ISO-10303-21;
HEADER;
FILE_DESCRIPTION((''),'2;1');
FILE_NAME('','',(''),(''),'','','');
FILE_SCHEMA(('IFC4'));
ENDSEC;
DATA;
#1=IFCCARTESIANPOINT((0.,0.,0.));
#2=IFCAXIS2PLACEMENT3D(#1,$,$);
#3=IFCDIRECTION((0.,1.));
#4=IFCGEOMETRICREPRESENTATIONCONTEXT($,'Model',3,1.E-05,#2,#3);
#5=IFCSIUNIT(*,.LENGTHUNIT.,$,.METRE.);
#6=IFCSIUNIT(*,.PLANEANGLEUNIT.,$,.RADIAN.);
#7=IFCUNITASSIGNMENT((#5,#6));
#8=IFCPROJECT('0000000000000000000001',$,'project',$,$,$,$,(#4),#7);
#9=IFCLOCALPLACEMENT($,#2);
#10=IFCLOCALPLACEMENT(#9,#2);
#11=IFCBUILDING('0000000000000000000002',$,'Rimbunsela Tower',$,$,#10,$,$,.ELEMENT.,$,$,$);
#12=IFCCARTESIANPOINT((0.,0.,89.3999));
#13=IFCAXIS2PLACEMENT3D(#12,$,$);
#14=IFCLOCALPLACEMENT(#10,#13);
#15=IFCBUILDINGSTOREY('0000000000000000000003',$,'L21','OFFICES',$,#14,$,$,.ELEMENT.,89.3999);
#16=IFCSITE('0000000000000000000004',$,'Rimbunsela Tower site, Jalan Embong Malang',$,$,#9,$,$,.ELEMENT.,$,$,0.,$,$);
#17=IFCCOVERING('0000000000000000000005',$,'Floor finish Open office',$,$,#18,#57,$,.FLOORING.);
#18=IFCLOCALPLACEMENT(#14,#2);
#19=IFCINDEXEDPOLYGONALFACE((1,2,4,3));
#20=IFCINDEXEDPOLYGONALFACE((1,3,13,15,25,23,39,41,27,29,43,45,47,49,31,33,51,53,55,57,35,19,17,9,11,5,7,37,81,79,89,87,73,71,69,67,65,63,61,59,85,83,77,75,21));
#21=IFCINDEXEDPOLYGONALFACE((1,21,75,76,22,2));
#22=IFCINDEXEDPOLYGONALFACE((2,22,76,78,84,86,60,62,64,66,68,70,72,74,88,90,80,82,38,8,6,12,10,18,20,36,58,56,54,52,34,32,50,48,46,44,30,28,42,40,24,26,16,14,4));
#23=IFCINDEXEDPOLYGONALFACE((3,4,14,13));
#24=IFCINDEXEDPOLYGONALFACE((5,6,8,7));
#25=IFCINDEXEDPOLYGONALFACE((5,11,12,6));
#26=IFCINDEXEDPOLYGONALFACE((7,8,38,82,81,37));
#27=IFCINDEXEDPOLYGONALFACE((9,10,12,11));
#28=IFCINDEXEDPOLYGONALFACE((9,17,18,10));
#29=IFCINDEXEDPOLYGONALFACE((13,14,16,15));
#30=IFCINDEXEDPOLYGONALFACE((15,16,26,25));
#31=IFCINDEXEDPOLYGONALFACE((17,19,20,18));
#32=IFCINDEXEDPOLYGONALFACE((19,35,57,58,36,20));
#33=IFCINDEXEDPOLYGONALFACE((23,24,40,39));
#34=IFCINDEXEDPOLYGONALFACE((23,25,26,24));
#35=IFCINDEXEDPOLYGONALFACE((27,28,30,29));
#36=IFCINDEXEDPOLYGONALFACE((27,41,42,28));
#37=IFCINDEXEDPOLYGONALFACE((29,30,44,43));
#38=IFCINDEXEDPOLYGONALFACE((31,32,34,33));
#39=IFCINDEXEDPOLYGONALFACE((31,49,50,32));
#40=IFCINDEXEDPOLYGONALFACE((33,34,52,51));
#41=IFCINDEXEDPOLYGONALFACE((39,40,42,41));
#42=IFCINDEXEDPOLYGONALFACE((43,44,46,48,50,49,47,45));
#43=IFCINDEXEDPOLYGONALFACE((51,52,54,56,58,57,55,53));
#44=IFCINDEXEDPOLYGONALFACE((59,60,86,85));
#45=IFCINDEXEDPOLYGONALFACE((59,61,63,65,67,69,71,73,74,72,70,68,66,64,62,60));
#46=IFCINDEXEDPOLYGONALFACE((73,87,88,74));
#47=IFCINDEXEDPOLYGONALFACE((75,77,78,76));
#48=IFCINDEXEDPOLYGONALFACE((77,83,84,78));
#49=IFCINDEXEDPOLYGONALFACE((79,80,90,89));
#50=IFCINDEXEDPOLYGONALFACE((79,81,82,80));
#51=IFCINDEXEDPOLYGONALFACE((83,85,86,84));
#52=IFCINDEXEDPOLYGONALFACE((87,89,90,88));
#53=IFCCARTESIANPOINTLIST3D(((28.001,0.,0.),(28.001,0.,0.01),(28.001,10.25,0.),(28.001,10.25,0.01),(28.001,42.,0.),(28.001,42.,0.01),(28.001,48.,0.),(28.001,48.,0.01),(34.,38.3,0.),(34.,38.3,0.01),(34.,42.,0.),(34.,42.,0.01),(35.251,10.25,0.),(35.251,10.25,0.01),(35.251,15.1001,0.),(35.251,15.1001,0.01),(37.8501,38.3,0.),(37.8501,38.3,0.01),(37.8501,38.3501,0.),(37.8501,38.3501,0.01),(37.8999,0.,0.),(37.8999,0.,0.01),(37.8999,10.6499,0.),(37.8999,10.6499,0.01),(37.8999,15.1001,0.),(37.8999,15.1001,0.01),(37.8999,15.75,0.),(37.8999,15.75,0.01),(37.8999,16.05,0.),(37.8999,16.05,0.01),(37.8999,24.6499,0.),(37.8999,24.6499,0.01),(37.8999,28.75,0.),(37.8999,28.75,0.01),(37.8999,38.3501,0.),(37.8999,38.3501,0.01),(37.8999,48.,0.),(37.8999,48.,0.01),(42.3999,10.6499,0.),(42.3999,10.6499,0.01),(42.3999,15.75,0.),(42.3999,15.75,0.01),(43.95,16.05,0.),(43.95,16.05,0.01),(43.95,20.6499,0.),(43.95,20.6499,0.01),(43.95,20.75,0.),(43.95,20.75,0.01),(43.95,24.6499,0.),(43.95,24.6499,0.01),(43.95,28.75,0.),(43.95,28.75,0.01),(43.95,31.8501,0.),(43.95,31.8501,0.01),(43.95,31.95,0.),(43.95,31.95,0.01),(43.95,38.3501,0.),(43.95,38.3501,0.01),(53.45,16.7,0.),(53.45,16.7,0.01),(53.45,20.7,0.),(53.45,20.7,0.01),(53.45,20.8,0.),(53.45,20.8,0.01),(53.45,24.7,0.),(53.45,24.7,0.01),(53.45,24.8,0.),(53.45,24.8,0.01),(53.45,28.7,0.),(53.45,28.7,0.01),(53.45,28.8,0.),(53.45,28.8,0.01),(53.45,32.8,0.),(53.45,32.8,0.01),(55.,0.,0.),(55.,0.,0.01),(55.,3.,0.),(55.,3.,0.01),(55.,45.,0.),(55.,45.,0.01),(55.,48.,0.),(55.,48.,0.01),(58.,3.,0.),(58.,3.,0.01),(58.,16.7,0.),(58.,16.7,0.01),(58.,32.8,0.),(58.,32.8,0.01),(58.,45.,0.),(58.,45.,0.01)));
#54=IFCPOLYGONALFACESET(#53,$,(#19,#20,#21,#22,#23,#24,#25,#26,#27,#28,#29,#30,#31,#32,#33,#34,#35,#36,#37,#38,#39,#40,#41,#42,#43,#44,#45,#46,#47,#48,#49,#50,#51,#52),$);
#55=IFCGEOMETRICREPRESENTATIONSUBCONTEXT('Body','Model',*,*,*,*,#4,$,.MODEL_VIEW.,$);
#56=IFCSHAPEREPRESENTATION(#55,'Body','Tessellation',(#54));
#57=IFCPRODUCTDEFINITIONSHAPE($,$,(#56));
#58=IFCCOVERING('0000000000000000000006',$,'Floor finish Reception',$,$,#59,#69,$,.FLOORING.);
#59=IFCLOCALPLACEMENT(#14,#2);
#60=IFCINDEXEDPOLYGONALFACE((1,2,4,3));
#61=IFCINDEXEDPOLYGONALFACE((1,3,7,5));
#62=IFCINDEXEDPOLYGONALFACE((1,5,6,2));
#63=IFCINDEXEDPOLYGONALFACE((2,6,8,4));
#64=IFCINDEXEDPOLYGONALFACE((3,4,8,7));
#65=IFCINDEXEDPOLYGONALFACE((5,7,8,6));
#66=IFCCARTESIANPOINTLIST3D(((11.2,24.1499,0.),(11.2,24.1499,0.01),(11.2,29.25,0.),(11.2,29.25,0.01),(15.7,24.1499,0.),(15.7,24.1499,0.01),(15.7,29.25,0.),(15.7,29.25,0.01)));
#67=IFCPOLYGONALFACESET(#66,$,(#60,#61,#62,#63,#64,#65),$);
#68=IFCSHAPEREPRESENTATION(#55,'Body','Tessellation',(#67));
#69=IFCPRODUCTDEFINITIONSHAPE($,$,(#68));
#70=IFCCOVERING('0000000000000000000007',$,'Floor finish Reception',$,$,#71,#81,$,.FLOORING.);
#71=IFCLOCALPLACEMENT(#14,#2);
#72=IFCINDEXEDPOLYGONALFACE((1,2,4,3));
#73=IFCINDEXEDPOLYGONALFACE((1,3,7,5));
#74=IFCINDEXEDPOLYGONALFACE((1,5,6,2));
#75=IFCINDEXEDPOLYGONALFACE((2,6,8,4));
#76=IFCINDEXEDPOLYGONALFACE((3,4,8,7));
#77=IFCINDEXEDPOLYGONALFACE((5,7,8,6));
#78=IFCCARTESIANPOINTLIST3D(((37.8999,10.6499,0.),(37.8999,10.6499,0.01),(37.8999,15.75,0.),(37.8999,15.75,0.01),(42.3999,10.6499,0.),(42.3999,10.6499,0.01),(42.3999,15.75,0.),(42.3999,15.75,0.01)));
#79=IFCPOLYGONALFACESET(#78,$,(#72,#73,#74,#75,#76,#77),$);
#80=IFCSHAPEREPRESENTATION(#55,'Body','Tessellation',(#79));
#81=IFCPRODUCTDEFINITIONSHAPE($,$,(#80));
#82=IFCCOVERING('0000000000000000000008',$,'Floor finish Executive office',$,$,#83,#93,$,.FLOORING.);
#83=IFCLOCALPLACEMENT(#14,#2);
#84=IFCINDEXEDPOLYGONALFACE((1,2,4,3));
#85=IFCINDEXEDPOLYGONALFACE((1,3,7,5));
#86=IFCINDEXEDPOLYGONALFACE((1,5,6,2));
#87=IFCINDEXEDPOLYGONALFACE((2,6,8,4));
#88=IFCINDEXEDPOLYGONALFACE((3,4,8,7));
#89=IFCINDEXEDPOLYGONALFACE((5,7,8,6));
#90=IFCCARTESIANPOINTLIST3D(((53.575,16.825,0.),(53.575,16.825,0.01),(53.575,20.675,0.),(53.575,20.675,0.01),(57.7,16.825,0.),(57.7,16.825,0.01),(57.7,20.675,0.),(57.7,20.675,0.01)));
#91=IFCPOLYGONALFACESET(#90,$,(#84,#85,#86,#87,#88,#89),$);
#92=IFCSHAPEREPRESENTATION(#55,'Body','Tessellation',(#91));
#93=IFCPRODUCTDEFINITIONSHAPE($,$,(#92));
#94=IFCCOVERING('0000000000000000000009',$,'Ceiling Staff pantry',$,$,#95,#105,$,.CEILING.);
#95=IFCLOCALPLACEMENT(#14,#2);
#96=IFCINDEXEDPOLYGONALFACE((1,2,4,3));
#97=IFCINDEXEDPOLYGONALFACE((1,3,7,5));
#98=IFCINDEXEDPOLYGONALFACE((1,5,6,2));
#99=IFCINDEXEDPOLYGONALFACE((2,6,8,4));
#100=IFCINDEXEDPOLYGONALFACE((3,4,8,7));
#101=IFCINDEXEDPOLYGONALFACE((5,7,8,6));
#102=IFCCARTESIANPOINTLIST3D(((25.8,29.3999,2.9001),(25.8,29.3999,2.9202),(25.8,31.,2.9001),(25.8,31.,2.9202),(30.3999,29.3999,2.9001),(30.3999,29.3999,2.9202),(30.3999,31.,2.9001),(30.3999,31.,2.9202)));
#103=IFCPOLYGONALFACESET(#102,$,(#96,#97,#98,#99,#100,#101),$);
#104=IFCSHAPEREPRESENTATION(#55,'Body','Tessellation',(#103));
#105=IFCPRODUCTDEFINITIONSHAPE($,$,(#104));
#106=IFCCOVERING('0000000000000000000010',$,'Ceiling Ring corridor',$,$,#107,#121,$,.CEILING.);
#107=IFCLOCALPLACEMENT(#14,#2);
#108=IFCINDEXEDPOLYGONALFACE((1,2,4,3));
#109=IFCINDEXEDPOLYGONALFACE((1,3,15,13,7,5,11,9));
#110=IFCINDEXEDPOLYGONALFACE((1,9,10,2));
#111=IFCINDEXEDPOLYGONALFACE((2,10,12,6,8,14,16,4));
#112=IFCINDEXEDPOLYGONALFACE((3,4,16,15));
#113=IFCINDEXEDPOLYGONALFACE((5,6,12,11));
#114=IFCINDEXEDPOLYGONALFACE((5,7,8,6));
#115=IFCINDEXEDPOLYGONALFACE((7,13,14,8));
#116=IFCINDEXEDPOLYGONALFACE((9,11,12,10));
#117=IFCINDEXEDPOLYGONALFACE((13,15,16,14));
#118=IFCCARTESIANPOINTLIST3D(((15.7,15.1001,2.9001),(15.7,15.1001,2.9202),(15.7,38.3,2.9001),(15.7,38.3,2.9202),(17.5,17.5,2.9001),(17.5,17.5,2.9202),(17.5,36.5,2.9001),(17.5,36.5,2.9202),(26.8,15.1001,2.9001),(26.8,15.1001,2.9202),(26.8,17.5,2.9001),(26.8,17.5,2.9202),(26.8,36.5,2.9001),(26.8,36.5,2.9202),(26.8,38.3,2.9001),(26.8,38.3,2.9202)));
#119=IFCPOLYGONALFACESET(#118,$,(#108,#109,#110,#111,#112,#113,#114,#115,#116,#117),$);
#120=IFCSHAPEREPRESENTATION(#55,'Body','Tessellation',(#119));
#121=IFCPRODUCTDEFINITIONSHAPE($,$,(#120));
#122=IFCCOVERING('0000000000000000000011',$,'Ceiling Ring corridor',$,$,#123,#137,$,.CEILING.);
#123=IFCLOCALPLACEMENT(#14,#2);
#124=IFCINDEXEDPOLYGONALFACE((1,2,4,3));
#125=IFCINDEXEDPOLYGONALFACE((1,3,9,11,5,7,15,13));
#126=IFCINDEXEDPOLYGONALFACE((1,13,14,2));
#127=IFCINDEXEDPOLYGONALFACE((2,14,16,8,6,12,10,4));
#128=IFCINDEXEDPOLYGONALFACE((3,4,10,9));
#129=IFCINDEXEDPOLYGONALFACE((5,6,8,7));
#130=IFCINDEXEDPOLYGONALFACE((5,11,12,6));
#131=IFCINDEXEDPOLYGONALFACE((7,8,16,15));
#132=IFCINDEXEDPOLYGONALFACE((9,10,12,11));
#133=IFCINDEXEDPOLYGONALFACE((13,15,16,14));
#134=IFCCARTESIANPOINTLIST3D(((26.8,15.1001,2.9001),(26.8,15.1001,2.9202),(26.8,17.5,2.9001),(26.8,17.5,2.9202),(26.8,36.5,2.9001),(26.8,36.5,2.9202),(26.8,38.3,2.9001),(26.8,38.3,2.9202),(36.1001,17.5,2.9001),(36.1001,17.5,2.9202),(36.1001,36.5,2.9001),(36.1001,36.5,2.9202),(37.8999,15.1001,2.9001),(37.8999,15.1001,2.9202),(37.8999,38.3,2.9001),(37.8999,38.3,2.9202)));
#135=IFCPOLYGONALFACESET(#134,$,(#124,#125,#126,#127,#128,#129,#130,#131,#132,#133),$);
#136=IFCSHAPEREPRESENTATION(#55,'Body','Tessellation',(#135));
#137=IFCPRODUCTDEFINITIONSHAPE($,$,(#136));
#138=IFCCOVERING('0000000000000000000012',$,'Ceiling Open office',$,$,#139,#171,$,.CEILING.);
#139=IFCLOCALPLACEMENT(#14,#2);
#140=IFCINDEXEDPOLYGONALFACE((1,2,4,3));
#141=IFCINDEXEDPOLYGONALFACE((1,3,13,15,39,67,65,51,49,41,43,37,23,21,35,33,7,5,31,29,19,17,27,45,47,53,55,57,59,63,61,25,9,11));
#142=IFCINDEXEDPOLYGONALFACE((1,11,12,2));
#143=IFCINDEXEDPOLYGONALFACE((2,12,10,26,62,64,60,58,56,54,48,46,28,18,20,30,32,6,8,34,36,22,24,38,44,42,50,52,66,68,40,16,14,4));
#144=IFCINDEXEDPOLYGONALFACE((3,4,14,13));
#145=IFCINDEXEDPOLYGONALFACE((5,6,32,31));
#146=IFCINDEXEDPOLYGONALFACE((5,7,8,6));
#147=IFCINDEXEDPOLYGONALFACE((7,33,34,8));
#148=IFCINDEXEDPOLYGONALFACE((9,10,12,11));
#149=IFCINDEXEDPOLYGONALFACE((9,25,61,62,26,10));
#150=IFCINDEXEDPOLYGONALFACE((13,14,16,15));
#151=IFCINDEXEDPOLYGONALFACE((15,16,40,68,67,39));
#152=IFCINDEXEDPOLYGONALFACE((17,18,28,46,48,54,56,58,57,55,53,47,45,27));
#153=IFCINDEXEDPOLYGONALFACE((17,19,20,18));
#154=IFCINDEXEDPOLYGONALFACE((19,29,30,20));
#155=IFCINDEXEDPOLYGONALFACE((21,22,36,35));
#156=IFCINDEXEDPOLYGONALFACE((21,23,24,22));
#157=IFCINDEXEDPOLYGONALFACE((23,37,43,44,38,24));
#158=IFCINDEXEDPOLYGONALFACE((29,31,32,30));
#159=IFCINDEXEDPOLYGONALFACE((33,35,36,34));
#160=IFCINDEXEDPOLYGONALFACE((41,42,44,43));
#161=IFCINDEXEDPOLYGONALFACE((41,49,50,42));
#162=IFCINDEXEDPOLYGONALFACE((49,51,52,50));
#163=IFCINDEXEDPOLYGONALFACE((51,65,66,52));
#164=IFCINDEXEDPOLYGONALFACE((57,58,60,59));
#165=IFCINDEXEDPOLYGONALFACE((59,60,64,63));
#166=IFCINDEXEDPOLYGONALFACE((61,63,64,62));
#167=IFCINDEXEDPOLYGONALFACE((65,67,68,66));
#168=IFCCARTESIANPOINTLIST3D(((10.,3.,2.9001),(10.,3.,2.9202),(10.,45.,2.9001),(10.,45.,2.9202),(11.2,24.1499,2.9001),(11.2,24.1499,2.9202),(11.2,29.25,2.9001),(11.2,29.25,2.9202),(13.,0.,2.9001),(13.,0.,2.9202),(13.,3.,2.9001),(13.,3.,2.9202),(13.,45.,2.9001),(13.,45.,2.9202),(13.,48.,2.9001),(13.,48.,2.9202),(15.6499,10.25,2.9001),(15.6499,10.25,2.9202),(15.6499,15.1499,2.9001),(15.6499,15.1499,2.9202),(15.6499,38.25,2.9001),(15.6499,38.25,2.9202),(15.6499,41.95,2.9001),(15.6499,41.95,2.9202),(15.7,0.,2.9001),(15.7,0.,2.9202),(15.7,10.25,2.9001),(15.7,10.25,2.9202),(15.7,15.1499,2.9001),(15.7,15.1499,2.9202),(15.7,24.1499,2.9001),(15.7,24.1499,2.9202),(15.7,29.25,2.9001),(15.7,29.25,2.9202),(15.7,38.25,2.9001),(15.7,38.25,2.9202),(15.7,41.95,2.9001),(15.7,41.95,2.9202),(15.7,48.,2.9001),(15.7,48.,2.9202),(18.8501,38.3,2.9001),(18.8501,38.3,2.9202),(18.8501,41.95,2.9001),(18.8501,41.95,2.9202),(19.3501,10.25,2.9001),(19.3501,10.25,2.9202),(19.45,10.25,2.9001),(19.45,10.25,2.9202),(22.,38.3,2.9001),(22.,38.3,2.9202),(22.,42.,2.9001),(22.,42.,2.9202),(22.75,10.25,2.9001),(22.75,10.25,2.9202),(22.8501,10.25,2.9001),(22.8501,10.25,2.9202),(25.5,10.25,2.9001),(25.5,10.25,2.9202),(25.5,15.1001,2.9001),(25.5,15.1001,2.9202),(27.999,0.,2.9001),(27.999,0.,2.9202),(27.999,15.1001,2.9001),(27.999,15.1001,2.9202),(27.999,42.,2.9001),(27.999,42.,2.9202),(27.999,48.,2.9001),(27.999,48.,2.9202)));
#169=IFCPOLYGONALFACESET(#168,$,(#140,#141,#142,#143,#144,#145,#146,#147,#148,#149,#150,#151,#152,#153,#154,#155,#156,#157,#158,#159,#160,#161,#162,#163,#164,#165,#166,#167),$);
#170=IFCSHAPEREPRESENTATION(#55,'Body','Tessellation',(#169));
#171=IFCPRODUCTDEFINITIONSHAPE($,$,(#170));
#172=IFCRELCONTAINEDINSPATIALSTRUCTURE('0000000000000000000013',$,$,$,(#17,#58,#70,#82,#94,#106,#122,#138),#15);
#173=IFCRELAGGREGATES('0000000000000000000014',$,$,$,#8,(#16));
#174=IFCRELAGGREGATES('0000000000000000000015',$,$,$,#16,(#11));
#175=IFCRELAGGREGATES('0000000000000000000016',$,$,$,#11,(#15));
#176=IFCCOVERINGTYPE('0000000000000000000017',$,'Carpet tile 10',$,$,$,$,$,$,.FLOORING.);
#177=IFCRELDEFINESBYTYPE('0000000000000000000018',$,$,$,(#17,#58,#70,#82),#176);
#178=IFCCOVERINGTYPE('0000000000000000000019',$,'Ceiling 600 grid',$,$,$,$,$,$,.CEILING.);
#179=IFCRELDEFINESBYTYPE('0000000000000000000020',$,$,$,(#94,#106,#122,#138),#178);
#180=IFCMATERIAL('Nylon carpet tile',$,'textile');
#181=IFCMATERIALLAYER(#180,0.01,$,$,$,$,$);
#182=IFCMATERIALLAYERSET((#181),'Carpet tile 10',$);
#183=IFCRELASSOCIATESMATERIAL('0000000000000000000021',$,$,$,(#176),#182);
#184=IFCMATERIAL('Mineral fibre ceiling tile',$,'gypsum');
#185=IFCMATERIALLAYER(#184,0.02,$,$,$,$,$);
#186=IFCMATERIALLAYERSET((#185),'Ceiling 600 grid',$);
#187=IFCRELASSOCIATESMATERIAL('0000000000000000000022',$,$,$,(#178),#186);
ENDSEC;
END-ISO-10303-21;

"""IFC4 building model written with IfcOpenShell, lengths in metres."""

from ifc_helpers import new_model, si_unit, direction, frame, origin, place, context, subcontext, project, spatial, polyline, outline, extrude, material, layer, layer_set, type_object, element, save


model = new_model("IFC4")

# Units and contexts
model_context = context("Model", 3, precision=1e-05, world=origin(), true_north=direction((0.0, 1.0)))
body_context = subcontext(model_context, "Body", "Model", "MODEL_VIEW")
ifc_project = project(units=[si_unit("LENGTHUNIT", "METRE"), si_unit("PLANEANGLEUNIT", "RADIAN")], contexts=[model_context])

# Site, building, storey
site_placement = place(None, origin())
site = spatial("IfcSite", under=ifc_project, at=site_placement, Name="Rimbunsela Tower site, Jalan Embong Malang", CompositionType="ELEMENT", RefElevation=0.0)
building_placement = place(site_placement, origin())
building = spatial("IfcBuilding", under=site, at=building_placement, Name="Rimbunsela Tower", CompositionType="ELEMENT")
storey_placement = place(building_placement, frame((0.0, 0.0, 89.3999)))
storey = spatial("IfcBuildingStorey", under=building, at=storey_placement, Name="L21", Description="OFFICES", CompositionType="ELEMENT", Elevation=89.3999)

# Coverings
ifc_material_1 = material(Name="Nylon carpet tile", Category="textile")
ifc_layer_1 = layer(ifc_material_1, 0.01)
ifc_layer_set_1 = layer_set([ifc_layer_1], Name="Carpet tile 10")
covering_type_1 = type_object("IfcCoveringType", Name="Carpet tile 10", PredefinedType="FLOORING", material=ifc_layer_set_1)
covering_1_placement = place(storey_placement, origin())
element("IfcCovering", 1, at=covering_1_placement, inside=storey, type_object=covering_type_1, Name="Floor finish Open office", PredefinedType="FLOORING", context=body_context, shape_type="SweptSolid", body=[
    extrude(outline(polyline([(37.8999, 10.6499), (42.3999, 10.6499), (42.3999, 15.75), (37.8999, 15.75), (37.8999, 16.05), (43.95, 16.05), (43.95, 20.6499), (43.95, 20.75), (43.95, 24.6499), (37.8999, 24.6499), (37.8999, 28.75), (43.95, 28.75), (43.95, 31.8501), (43.95, 31.95), (43.95, 38.3501), (37.8999, 38.3501), (37.8501, 38.3501), (37.8501, 38.3), (34.0, 38.3), (34.0, 42.0), (28.001, 42.0), (28.001, 48.0), (37.8999, 48.0), (55.0, 48.0), (55.0, 45.0), (58.0, 45.0), (58.0, 32.8), (53.45, 32.8), (53.45, 28.8), (53.45, 28.7), (53.45, 24.8), (53.45, 24.7), (53.45, 20.8), (53.45, 20.7), (53.45, 16.7), (58.0, 16.7), (58.0, 3.0), (55.0, 3.0), (55.0, 0.0), (37.8999, 0.0), (28.001, 0.0), (28.001, 10.25), (35.251, 10.25), (35.251, 15.1001), (37.8999, 15.1001), (37.8999, 10.6499)])), origin(), (0.0, 0.0, 1.0), 0.01),
])
covering_2_placement = place(storey_placement, origin())
element("IfcCovering", 2, at=covering_2_placement, inside=storey, type_object=covering_type_1, Name="Floor finish Reception", PredefinedType="FLOORING", context=body_context, shape_type="SweptSolid", body=[
    extrude(outline(polyline([(15.7, 24.1499), (15.7, 29.25), (11.2, 29.25), (11.2, 24.1499), (15.7, 24.1499)])), origin(), (0.0, 0.0, 1.0), 0.01),
])
covering_3_placement = place(storey_placement, origin())
element("IfcCovering", 3, at=covering_3_placement, inside=storey, type_object=covering_type_1, Name="Floor finish Reception", PredefinedType="FLOORING", context=body_context, shape_type="SweptSolid", body=[
    extrude(outline(polyline([(42.3999, 10.6499), (42.3999, 15.75), (37.8999, 15.75), (37.8999, 10.6499), (42.3999, 10.6499)])), origin(), (0.0, 0.0, 1.0), 0.01),
])
covering_4_placement = place(storey_placement, origin())
element("IfcCovering", 4, at=covering_4_placement, inside=storey, type_object=covering_type_1, Name="Floor finish Executive office", PredefinedType="FLOORING", context=body_context, shape_type="SweptSolid", body=[
    extrude(outline(polyline([(57.7, 16.825), (57.7, 20.675), (53.575, 20.675), (53.575, 16.825), (57.7, 16.825)])), origin(), (0.0, 0.0, 1.0), 0.01),
])
ifc_material_2 = material(Name="Mineral fibre ceiling tile", Category="gypsum")
ifc_layer_2 = layer(ifc_material_2, 0.02)
ifc_layer_set_2 = layer_set([ifc_layer_2], Name="Ceiling 600 grid")
covering_type_2 = type_object("IfcCoveringType", Name="Ceiling 600 grid", PredefinedType="CEILING", material=ifc_layer_set_2)
covering_5_placement = place(storey_placement, frame((0.0, 0.0, 2.9001)))
element("IfcCovering", 5, at=covering_5_placement, inside=storey, type_object=covering_type_2, Name="Ceiling Staff pantry", PredefinedType="CEILING", context=body_context, shape_type="SweptSolid", body=[
    extrude(outline(polyline([(30.3999, 29.3999), (30.3999, 31.0), (25.8, 31.0), (25.8, 29.3999), (30.3999, 29.3999)])), origin(), (0.0, 0.0, 1.0), 0.02),
])
covering_6_placement = place(storey_placement, frame((0.0, 0.0, 2.9001)))
element("IfcCovering", 6, at=covering_6_placement, inside=storey, type_object=covering_type_2, Name="Ceiling Ring corridor", PredefinedType="CEILING", context=body_context, shape_type="SweptSolid", body=[
    extrude(outline(polyline([(15.7, 38.3), (26.8, 38.3), (26.8, 36.5), (17.5, 36.5), (17.5, 17.5), (26.8, 17.5), (26.8, 15.1001), (15.7, 15.1001), (15.7, 38.3)])), origin(), (0.0, 0.0, 1.0), 0.02),
])
covering_7_placement = place(storey_placement, frame((0.0, 0.0, 2.9001)))
element("IfcCovering", 7, at=covering_7_placement, inside=storey, type_object=covering_type_2, Name="Ceiling Ring corridor", PredefinedType="CEILING", context=body_context, shape_type="SweptSolid", body=[
    extrude(outline(polyline([(37.8999, 38.3), (37.8999, 15.1001), (26.8, 15.1001), (26.8, 17.5), (36.1001, 17.5), (36.1001, 36.5), (26.8, 36.5), (26.8, 38.3), (37.8999, 38.3)])), origin(), (0.0, 0.0, 1.0), 0.02),
])
covering_8_placement = place(storey_placement, frame((0.0, 0.0, 2.9001)))
element("IfcCovering", 8, at=covering_8_placement, inside=storey, type_object=covering_type_2, Name="Ceiling Open office", PredefinedType="CEILING", context=body_context, shape_type="SweptSolid", body=[
    extrude(outline(polyline([(19.45, 10.25), (22.75, 10.25), (22.8501, 10.25), (25.5, 10.25), (25.5, 15.1001), (27.999, 15.1001), (27.999, 0.0), (15.7, 0.0), (13.0, 0.0), (13.0, 3.0), (10.0, 3.0), (10.0, 45.0), (13.0, 45.0), (13.0, 48.0), (15.7, 48.0), (27.999, 48.0), (27.999, 42.0), (22.0, 42.0), (22.0, 38.3), (18.8501, 38.3), (18.8501, 41.95), (15.7, 41.95), (15.6499, 41.95), (15.6499, 38.25), (15.7, 38.25), (15.7, 29.25), (11.2, 29.25), (11.2, 24.1499), (15.7, 24.1499), (15.7, 15.1499), (15.6499, 15.1499), (15.6499, 10.25), (15.7, 10.25), (19.3501, 10.25), (19.45, 10.25)])), origin(), (0.0, 0.0, 1.0), 0.02),
])

save(model, "model.ifc")
